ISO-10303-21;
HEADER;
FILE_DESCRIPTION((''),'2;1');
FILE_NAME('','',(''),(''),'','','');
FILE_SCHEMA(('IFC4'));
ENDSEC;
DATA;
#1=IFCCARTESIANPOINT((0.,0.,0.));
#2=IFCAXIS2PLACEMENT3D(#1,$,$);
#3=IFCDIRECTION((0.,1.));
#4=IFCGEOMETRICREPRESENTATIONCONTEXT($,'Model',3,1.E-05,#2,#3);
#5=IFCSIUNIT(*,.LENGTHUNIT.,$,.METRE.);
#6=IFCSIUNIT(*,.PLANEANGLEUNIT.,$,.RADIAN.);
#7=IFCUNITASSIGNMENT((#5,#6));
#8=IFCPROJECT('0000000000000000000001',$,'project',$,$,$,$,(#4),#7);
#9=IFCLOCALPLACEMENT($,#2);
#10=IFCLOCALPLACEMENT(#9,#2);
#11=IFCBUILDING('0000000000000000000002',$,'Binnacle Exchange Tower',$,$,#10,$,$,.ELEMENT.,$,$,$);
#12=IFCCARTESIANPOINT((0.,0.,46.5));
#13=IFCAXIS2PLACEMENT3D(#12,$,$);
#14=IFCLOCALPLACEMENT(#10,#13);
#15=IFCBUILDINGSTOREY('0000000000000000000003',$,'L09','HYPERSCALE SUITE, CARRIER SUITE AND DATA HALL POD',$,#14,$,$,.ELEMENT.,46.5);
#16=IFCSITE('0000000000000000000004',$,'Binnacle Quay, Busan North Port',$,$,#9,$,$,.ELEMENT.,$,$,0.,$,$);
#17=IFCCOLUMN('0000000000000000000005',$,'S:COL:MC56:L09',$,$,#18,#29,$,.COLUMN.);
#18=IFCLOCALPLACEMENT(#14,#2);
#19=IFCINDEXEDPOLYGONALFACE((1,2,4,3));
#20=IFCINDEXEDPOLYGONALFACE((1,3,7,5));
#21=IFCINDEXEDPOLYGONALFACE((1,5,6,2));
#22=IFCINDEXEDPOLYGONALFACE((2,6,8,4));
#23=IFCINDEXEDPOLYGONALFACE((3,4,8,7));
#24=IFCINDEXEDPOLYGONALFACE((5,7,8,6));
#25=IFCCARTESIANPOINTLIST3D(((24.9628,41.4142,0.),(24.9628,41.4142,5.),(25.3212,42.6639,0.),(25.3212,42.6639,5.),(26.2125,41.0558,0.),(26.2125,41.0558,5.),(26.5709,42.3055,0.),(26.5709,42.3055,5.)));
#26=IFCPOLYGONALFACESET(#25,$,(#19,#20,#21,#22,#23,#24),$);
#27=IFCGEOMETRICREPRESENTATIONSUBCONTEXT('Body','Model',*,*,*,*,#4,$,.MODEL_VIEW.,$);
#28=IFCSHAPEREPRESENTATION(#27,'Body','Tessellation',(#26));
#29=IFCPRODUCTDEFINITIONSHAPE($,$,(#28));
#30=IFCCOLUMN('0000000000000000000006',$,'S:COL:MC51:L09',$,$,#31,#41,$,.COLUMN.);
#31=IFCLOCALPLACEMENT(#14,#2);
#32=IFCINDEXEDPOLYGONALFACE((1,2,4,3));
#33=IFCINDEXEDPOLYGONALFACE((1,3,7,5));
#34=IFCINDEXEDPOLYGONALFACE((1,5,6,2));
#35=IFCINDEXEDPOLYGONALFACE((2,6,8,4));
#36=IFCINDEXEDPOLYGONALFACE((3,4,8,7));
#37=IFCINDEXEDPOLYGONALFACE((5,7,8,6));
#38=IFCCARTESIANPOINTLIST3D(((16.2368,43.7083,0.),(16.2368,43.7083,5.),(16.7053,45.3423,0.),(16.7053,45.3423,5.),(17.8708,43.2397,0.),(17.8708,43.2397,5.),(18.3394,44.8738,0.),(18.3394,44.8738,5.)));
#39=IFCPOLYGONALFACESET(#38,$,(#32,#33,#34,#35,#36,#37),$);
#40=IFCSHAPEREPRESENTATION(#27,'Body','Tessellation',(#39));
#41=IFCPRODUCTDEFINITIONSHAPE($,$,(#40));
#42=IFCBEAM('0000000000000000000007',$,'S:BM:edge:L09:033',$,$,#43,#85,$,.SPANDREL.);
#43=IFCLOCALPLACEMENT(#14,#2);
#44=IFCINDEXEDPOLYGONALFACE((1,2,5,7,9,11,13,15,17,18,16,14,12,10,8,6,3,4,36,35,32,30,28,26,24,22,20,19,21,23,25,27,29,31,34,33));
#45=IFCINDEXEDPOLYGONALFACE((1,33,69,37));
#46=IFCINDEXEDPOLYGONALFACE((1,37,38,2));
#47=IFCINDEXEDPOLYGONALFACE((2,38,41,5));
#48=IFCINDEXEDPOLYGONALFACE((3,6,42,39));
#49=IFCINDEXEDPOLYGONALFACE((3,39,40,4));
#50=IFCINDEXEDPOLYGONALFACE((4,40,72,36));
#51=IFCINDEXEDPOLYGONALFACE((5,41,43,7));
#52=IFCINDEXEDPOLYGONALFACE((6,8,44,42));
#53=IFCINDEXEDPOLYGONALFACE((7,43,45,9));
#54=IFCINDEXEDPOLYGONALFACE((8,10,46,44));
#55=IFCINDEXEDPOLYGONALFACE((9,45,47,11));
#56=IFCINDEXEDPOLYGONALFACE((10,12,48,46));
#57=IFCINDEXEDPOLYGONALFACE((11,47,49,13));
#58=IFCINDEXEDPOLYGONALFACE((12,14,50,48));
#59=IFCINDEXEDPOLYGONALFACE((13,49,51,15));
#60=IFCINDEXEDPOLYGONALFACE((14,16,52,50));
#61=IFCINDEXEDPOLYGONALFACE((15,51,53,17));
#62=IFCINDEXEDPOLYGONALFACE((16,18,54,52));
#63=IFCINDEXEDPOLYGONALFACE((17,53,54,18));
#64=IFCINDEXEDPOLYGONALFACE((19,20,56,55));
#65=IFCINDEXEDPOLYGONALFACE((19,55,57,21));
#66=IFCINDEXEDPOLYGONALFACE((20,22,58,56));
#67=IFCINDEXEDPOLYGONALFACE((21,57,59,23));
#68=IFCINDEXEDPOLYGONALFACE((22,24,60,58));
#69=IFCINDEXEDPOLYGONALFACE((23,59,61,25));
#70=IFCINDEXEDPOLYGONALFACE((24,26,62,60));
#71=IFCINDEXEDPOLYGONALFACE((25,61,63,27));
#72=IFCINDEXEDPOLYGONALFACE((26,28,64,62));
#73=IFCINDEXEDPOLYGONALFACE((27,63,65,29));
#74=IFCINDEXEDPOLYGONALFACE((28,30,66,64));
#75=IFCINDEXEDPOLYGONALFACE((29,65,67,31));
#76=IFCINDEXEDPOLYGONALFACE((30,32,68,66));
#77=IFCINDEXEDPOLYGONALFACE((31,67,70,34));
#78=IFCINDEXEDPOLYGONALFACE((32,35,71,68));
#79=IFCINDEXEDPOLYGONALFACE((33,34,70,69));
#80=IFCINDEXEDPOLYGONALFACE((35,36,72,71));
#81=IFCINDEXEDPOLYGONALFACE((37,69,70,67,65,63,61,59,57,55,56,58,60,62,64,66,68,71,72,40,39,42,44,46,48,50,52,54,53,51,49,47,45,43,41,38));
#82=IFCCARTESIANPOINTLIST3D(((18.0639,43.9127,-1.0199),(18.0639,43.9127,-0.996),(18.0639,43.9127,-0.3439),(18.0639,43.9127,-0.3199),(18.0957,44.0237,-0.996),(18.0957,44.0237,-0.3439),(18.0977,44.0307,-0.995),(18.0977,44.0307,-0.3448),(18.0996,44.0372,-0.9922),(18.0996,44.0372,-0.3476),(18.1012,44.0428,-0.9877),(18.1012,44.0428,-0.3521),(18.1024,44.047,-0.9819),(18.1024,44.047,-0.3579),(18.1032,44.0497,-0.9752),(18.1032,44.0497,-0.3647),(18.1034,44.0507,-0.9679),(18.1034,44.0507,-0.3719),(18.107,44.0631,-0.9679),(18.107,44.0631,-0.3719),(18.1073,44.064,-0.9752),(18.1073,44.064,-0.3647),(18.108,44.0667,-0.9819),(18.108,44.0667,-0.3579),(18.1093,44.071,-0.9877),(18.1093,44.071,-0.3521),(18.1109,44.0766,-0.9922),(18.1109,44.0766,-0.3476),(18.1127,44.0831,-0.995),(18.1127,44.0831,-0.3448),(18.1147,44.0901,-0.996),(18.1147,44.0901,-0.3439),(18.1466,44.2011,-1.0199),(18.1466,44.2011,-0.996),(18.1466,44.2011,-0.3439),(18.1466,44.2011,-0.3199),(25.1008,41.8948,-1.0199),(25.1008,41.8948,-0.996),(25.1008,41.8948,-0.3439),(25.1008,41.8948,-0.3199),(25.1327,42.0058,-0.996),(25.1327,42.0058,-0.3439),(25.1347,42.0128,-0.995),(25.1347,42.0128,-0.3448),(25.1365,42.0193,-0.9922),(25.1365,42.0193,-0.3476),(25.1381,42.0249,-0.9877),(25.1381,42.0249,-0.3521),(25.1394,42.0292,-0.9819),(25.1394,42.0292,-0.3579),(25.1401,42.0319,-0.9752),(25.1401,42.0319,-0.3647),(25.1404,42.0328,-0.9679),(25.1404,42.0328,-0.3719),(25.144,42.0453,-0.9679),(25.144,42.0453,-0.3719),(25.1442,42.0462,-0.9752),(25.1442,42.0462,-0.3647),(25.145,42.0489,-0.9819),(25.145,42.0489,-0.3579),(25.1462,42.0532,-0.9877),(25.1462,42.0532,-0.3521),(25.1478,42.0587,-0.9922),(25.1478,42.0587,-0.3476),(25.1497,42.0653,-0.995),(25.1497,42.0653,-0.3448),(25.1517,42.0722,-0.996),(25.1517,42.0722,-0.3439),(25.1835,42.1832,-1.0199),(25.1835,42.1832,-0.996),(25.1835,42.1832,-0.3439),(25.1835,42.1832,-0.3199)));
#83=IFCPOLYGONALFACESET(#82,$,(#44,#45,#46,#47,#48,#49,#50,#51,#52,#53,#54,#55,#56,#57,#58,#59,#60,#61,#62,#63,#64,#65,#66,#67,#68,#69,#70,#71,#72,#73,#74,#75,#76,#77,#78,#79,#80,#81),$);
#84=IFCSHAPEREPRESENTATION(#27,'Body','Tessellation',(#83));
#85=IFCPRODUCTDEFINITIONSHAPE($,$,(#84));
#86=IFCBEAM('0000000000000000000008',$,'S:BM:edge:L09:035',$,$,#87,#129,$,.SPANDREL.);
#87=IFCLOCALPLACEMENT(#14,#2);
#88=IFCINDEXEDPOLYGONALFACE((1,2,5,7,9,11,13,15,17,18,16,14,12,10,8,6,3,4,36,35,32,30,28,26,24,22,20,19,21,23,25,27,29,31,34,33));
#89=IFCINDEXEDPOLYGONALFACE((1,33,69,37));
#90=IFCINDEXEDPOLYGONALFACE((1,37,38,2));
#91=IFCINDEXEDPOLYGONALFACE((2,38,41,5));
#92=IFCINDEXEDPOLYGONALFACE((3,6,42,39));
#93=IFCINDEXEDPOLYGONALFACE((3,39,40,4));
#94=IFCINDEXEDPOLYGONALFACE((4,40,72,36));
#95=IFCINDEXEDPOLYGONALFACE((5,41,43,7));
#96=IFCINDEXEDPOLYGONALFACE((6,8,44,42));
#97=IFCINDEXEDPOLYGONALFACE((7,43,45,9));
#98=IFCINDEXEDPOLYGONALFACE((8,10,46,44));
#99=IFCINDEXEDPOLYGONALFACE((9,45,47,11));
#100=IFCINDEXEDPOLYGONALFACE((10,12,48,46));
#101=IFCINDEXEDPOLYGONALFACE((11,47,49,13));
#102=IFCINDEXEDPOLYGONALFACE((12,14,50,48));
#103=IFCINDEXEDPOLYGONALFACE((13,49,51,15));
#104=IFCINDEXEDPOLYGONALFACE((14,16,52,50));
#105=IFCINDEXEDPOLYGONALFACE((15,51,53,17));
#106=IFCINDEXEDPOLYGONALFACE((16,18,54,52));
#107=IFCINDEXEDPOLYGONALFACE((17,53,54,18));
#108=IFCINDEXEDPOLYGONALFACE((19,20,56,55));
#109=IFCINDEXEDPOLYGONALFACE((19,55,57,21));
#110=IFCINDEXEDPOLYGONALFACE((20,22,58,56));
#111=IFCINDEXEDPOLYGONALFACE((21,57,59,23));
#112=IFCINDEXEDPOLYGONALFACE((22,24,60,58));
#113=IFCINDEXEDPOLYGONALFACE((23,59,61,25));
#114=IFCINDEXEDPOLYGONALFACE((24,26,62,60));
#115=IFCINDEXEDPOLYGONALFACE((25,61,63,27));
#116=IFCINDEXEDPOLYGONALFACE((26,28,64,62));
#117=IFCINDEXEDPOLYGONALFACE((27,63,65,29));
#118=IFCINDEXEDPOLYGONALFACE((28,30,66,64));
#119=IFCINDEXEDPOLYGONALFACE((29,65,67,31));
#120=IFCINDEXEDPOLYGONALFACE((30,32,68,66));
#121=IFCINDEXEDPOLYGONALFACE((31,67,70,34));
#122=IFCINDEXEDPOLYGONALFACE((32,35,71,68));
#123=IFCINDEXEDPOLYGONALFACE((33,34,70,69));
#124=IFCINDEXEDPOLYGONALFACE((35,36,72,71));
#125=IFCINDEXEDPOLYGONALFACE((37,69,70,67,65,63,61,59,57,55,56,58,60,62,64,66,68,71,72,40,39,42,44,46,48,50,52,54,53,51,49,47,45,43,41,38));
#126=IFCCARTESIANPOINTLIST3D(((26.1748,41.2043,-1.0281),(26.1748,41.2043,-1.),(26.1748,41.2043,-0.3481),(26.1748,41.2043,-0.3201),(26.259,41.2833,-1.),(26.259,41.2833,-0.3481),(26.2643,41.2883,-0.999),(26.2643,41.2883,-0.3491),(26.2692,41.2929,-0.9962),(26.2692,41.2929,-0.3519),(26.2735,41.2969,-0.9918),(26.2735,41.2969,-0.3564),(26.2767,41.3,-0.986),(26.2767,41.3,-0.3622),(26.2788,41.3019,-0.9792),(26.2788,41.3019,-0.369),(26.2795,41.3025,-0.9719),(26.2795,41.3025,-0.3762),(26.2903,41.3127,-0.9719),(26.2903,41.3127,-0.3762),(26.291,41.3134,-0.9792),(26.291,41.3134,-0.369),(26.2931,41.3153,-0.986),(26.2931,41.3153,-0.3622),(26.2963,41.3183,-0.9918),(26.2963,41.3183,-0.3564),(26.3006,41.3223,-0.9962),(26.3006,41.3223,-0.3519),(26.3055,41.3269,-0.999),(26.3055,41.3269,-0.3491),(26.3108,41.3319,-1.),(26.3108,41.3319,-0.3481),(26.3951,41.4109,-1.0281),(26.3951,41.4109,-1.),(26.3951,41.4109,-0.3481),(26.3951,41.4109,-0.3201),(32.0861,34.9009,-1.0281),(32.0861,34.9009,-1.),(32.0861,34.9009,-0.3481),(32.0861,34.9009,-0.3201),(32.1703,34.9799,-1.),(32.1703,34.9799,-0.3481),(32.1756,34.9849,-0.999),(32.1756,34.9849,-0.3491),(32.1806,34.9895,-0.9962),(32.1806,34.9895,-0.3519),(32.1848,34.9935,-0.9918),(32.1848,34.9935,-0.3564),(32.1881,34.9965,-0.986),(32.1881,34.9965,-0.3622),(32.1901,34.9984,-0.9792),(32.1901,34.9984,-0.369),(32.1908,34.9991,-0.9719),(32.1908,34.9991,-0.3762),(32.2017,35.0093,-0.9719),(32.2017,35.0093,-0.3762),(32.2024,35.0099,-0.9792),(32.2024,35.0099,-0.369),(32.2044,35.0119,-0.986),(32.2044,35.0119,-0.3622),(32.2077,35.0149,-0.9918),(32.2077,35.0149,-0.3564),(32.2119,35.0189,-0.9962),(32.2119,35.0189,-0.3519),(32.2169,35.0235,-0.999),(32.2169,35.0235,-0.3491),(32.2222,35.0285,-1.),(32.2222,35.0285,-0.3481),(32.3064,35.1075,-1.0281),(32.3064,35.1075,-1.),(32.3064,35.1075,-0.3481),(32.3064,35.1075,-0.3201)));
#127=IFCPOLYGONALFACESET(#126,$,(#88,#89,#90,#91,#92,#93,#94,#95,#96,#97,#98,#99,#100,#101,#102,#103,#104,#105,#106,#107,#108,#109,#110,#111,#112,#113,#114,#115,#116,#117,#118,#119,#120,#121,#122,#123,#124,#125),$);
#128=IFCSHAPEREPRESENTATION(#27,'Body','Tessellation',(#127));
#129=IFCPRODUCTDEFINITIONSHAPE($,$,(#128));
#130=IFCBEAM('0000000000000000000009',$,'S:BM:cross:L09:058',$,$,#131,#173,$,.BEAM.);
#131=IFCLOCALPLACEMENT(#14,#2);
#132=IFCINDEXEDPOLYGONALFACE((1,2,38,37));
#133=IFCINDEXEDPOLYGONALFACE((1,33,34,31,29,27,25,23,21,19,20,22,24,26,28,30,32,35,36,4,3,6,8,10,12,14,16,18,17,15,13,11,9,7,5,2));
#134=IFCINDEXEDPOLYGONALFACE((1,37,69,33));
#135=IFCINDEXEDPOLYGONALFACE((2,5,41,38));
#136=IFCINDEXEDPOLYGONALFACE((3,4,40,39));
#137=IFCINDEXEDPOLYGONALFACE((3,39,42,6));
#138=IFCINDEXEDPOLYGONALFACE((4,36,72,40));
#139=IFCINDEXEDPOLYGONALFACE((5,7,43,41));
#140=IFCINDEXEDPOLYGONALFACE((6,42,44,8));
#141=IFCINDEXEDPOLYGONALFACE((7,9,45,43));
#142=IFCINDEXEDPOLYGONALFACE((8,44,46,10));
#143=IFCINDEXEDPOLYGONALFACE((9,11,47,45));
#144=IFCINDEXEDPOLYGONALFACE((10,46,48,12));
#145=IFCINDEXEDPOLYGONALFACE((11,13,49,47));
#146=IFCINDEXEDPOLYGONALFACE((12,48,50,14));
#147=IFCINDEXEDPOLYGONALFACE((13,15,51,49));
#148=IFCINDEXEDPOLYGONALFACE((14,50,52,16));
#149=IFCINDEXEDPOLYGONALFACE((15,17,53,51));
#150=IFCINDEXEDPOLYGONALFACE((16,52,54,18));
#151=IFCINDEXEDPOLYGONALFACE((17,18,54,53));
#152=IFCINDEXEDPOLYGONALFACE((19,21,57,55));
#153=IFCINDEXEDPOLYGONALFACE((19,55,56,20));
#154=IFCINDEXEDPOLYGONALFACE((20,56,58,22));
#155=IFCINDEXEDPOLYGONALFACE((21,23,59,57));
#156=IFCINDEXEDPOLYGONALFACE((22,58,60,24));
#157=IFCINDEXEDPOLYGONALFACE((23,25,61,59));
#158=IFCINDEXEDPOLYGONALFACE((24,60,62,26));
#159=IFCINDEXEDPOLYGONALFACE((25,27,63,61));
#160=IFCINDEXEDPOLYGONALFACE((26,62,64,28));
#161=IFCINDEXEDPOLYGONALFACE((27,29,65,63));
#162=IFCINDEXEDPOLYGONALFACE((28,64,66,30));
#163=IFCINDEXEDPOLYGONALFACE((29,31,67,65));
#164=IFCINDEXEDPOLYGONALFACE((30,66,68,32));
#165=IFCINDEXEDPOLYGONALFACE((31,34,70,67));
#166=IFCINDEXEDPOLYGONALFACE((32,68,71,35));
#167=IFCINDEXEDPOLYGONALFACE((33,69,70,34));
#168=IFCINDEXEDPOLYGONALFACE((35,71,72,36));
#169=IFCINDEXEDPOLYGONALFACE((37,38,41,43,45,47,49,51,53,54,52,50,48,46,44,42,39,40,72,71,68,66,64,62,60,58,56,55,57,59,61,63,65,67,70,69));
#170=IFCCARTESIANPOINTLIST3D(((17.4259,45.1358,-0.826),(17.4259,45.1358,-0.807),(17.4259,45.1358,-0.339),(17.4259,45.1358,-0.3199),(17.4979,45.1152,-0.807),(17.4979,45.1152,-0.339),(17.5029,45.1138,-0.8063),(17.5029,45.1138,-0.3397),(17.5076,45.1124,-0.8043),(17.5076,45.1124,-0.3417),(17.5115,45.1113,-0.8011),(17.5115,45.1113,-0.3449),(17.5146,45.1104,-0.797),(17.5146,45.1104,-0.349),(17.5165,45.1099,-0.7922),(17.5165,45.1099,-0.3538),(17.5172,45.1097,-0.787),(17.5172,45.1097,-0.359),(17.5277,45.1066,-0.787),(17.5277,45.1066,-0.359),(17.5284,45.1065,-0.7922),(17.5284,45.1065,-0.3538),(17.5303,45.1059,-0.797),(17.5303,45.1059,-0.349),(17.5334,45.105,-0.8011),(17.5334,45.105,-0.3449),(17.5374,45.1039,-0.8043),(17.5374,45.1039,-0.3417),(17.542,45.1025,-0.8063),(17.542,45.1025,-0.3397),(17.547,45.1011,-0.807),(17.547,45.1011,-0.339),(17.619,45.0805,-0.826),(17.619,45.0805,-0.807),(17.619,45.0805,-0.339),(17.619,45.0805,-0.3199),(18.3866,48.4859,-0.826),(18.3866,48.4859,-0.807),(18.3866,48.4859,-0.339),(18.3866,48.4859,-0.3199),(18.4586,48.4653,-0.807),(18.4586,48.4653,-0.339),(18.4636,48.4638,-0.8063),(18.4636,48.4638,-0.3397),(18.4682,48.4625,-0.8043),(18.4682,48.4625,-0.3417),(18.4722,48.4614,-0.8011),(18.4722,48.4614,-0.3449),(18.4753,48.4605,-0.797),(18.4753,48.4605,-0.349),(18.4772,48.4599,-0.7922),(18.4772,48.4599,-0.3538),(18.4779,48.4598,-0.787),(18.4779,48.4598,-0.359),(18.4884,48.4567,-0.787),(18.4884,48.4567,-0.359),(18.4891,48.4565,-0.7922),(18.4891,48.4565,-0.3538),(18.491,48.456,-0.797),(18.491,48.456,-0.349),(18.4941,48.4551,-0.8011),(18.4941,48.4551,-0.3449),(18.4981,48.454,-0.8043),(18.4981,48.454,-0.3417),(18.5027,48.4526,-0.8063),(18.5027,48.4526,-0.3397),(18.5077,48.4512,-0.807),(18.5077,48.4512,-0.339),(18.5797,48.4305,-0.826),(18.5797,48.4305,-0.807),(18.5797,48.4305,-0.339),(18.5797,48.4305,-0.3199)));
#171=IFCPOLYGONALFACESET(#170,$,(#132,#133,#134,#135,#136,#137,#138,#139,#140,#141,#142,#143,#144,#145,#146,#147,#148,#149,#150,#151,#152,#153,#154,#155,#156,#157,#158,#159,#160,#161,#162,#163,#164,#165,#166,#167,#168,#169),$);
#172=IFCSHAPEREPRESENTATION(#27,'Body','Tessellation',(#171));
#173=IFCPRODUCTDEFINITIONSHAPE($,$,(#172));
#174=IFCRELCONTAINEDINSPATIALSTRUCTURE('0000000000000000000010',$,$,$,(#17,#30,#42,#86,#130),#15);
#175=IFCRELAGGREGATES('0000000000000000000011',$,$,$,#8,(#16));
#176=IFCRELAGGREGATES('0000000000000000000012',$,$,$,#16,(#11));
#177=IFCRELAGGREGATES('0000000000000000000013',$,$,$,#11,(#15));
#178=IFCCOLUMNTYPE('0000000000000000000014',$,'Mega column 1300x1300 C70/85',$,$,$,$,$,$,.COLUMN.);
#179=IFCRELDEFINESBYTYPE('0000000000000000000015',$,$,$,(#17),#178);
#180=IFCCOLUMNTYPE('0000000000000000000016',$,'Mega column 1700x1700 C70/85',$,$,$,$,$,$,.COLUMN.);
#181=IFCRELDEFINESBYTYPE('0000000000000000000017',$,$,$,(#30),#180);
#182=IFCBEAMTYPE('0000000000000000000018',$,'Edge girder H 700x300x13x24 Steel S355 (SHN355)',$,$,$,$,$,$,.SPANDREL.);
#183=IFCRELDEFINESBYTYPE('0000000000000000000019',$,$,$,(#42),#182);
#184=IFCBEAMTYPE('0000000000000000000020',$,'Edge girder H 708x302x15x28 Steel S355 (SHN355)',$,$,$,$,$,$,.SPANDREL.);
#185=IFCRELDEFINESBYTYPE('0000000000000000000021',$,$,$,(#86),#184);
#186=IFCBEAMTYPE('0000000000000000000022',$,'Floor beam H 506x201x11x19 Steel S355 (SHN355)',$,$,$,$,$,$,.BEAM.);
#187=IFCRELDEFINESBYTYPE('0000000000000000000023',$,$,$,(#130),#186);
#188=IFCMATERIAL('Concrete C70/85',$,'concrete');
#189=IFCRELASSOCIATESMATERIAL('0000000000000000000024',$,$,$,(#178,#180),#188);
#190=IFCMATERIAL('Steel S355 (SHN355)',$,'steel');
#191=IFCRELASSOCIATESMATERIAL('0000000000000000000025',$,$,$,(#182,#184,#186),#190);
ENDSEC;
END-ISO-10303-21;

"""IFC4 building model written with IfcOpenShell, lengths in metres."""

from ifc_helpers import new_model, si_unit, direction, frame, origin, origin_2d, place, context, subcontext, project, spatial, rectangle, i_section, extrude, material, material_profile, profile_set, type_object, element, save


model = new_model("IFC4")

# Units and contexts
model_context = context("Model", 3, precision=1e-05, world=origin(), true_north=direction((0.0, 1.0)))
body_context = subcontext(model_context, "Body", "Model", "MODEL_VIEW")
ifc_project = project(units=[si_unit("LENGTHUNIT", "METRE"), si_unit("PLANEANGLEUNIT", "RADIAN")], contexts=[model_context])

# Site, building, storey
site_placement = place(None, origin())
site = spatial("IfcSite", under=ifc_project, at=site_placement, Name="Binnacle Quay, Busan North Port", CompositionType="ELEMENT", RefElevation=0.0)
building_placement = place(site_placement, origin())
building = spatial("IfcBuilding", under=site, at=building_placement, Name="Binnacle Exchange Tower", CompositionType="ELEMENT")
storey_placement = place(building_placement, frame((0.0, 0.0, 46.5)))
storey = spatial("IfcBuildingStorey", under=building, at=storey_placement, Name="L09", Description="HYPERSCALE SUITE, CARRIER SUITE AND DATA HALL POD", CompositionType="ELEMENT", Elevation=46.5)

# Columns
ifc_material_1 = material(Name="Concrete C70/85", Category="concrete")
ifc_material_profile_1 = material_profile(ifc_material_1, rectangle(XDim=1.3, YDim=1.3, at=origin_2d()), Name="Mega column 1300x1300 C70/85")
ifc_profile_set_1 = profile_set([ifc_material_profile_1], Name="Concrete C70/85")
column_type_1 = type_object("IfcColumnType", Name="Mega column 1300x1300 C70/85", PredefinedType="COLUMN", material=ifc_profile_set_1)
column_1_placement = place(storey_placement, frame((25.7668, 41.8599, 0.0), z_axis=(0.0, 0.0, 1.0), x_axis=(0.961262, -0.275637, 0.0)))
element("IfcColumn", 1, at=column_1_placement, inside=storey, type_object=column_type_1, Name="S:COL:MC56:L09", PredefinedType="COLUMN", context=body_context, shape_type="SweptSolid", body=[
    extrude(rectangle(XDim=1.3, YDim=1.3, at=origin_2d()), origin(), (0.0, 0.0, 1.0), 5.0),
])
ifc_material_profile_2 = material_profile(ifc_material_1, rectangle(XDim=1.7, YDim=1.7, at=origin_2d()), Name="Mega column 1700x1700 C70/85")
ifc_profile_set_2 = profile_set([ifc_material_profile_2], Name="Concrete C70/85")
column_type_2 = type_object("IfcColumnType", Name="Mega column 1700x1700 C70/85", PredefinedType="COLUMN", material=ifc_profile_set_2)
column_2_placement = place(storey_placement, frame((17.2881, 44.291, 0.0), z_axis=(0.0, 0.0, 1.0), x_axis=(0.961262, -0.275637, 0.0)))
element("IfcColumn", 2, at=column_2_placement, inside=storey, type_object=column_type_2, Name="S:COL:MC51:L09", PredefinedType="COLUMN", context=body_context, shape_type="SweptSolid", body=[
    extrude(rectangle(XDim=1.7, YDim=1.7, at=origin_2d()), origin(), (0.0, 0.0, 1.0), 5.0),
])

# Beams
ifc_material_2 = material(Name="Steel S355 (SHN355)", Category="steel")
ifc_material_profile_3 = material_profile(ifc_material_2, i_section(OverallWidth=0.3, OverallDepth=0.7, WebThickness=0.0129, FlangeThickness=0.0239, FilletRadius=0.0281, at=origin_2d()), Name="H 700x300x13x24")
ifc_profile_set_3 = profile_set([ifc_material_profile_3], Name="Steel S355 (SHN355)")
beam_type_1 = type_object("IfcBeamType", Name="Edge girder H 700x300x13x24 Steel S355 (SHN355)", PredefinedType="SPANDREL", material=ifc_profile_set_3)
beam_1_placement = place(storey_placement, frame((18.1052, 44.0569, -0.6699), z_axis=(0.96126, -0.275642, 0.0), x_axis=(0.275642, 0.96126, 0.0)))
element("IfcBeam", 3, at=beam_1_placement, inside=storey, type_object=beam_type_1, Name="S:BM:edge:L09:033", PredefinedType="SPANDREL", context=body_context, shape_type="SweptSolid", body=[
    extrude(i_section(OverallWidth=0.3, OverallDepth=0.7, WebThickness=0.0129, FlangeThickness=0.0239, FilletRadius=0.0281, at=origin_2d()), origin(), (0.0, 0.0, 1.0), 7.3206),
])
ifc_material_profile_4 = material_profile(ifc_material_2, i_section(OverallWidth=0.302, OverallDepth=0.708, WebThickness=0.0149, FlangeThickness=0.0281, FilletRadius=0.0281, at=origin_2d()), Name="H 708x302x15x28")
ifc_profile_set_4 = profile_set([ifc_material_profile_4], Name="Steel S355 (SHN355)")
beam_type_2 = type_object("IfcBeamType", Name="Edge girder H 708x302x15x28 Steel S355 (SHN355)", PredefinedType="SPANDREL", material=ifc_profile_set_4)
beam_2_placement = place(storey_placement, frame((26.2849, 41.3076, -0.6741), z_axis=(0.684057, -0.729429, 0.0), x_axis=(0.729429, 0.684057, 0.0)))
element("IfcBeam", 4, at=beam_2_placement, inside=storey, type_object=beam_type_2, Name="S:BM:edge:L09:035", PredefinedType="SPANDREL", context=body_context, shape_type="SweptSolid", body=[
    extrude(i_section(OverallWidth=0.302, OverallDepth=0.708, WebThickness=0.0149, FlangeThickness=0.0281, FilletRadius=0.0281, at=origin_2d()), origin(), (0.0, 0.0, 1.0), 8.6416),
])
ifc_material_profile_5 = material_profile(ifc_material_2, i_section(OverallWidth=0.2009, OverallDepth=0.5061, WebThickness=0.011, FlangeThickness=0.019, FilletRadius=0.02, at=origin_2d()), Name="H 506x201x11x19")
ifc_profile_set_5 = profile_set([ifc_material_profile_5], Name="Steel S355 (SHN355)")
beam_type_3 = type_object("IfcBeamType", Name="Floor beam H 506x201x11x19 Steel S355 (SHN355)", PredefinedType="BEAM", material=ifc_profile_set_5)
beam_3_placement = place(storey_placement, frame((17.5225, 45.1082, -0.573), z_axis=(0.275655, 0.961257, 0.0), x_axis=(-0.961257, 0.275655, 0.0)))
element("IfcBeam", 5, at=beam_3_placement, inside=storey, type_object=beam_type_3, Name="S:BM:cross:L09:058", PredefinedType="BEAM", context=body_context, shape_type="SweptSolid", body=[
    extrude(i_section(OverallWidth=0.2009, OverallDepth=0.5061, WebThickness=0.011, FlangeThickness=0.019, FilletRadius=0.02, at=origin_2d()), origin(), (0.0, 0.0, 1.0), 3.4851),
])

save(model, "model.ifc")
